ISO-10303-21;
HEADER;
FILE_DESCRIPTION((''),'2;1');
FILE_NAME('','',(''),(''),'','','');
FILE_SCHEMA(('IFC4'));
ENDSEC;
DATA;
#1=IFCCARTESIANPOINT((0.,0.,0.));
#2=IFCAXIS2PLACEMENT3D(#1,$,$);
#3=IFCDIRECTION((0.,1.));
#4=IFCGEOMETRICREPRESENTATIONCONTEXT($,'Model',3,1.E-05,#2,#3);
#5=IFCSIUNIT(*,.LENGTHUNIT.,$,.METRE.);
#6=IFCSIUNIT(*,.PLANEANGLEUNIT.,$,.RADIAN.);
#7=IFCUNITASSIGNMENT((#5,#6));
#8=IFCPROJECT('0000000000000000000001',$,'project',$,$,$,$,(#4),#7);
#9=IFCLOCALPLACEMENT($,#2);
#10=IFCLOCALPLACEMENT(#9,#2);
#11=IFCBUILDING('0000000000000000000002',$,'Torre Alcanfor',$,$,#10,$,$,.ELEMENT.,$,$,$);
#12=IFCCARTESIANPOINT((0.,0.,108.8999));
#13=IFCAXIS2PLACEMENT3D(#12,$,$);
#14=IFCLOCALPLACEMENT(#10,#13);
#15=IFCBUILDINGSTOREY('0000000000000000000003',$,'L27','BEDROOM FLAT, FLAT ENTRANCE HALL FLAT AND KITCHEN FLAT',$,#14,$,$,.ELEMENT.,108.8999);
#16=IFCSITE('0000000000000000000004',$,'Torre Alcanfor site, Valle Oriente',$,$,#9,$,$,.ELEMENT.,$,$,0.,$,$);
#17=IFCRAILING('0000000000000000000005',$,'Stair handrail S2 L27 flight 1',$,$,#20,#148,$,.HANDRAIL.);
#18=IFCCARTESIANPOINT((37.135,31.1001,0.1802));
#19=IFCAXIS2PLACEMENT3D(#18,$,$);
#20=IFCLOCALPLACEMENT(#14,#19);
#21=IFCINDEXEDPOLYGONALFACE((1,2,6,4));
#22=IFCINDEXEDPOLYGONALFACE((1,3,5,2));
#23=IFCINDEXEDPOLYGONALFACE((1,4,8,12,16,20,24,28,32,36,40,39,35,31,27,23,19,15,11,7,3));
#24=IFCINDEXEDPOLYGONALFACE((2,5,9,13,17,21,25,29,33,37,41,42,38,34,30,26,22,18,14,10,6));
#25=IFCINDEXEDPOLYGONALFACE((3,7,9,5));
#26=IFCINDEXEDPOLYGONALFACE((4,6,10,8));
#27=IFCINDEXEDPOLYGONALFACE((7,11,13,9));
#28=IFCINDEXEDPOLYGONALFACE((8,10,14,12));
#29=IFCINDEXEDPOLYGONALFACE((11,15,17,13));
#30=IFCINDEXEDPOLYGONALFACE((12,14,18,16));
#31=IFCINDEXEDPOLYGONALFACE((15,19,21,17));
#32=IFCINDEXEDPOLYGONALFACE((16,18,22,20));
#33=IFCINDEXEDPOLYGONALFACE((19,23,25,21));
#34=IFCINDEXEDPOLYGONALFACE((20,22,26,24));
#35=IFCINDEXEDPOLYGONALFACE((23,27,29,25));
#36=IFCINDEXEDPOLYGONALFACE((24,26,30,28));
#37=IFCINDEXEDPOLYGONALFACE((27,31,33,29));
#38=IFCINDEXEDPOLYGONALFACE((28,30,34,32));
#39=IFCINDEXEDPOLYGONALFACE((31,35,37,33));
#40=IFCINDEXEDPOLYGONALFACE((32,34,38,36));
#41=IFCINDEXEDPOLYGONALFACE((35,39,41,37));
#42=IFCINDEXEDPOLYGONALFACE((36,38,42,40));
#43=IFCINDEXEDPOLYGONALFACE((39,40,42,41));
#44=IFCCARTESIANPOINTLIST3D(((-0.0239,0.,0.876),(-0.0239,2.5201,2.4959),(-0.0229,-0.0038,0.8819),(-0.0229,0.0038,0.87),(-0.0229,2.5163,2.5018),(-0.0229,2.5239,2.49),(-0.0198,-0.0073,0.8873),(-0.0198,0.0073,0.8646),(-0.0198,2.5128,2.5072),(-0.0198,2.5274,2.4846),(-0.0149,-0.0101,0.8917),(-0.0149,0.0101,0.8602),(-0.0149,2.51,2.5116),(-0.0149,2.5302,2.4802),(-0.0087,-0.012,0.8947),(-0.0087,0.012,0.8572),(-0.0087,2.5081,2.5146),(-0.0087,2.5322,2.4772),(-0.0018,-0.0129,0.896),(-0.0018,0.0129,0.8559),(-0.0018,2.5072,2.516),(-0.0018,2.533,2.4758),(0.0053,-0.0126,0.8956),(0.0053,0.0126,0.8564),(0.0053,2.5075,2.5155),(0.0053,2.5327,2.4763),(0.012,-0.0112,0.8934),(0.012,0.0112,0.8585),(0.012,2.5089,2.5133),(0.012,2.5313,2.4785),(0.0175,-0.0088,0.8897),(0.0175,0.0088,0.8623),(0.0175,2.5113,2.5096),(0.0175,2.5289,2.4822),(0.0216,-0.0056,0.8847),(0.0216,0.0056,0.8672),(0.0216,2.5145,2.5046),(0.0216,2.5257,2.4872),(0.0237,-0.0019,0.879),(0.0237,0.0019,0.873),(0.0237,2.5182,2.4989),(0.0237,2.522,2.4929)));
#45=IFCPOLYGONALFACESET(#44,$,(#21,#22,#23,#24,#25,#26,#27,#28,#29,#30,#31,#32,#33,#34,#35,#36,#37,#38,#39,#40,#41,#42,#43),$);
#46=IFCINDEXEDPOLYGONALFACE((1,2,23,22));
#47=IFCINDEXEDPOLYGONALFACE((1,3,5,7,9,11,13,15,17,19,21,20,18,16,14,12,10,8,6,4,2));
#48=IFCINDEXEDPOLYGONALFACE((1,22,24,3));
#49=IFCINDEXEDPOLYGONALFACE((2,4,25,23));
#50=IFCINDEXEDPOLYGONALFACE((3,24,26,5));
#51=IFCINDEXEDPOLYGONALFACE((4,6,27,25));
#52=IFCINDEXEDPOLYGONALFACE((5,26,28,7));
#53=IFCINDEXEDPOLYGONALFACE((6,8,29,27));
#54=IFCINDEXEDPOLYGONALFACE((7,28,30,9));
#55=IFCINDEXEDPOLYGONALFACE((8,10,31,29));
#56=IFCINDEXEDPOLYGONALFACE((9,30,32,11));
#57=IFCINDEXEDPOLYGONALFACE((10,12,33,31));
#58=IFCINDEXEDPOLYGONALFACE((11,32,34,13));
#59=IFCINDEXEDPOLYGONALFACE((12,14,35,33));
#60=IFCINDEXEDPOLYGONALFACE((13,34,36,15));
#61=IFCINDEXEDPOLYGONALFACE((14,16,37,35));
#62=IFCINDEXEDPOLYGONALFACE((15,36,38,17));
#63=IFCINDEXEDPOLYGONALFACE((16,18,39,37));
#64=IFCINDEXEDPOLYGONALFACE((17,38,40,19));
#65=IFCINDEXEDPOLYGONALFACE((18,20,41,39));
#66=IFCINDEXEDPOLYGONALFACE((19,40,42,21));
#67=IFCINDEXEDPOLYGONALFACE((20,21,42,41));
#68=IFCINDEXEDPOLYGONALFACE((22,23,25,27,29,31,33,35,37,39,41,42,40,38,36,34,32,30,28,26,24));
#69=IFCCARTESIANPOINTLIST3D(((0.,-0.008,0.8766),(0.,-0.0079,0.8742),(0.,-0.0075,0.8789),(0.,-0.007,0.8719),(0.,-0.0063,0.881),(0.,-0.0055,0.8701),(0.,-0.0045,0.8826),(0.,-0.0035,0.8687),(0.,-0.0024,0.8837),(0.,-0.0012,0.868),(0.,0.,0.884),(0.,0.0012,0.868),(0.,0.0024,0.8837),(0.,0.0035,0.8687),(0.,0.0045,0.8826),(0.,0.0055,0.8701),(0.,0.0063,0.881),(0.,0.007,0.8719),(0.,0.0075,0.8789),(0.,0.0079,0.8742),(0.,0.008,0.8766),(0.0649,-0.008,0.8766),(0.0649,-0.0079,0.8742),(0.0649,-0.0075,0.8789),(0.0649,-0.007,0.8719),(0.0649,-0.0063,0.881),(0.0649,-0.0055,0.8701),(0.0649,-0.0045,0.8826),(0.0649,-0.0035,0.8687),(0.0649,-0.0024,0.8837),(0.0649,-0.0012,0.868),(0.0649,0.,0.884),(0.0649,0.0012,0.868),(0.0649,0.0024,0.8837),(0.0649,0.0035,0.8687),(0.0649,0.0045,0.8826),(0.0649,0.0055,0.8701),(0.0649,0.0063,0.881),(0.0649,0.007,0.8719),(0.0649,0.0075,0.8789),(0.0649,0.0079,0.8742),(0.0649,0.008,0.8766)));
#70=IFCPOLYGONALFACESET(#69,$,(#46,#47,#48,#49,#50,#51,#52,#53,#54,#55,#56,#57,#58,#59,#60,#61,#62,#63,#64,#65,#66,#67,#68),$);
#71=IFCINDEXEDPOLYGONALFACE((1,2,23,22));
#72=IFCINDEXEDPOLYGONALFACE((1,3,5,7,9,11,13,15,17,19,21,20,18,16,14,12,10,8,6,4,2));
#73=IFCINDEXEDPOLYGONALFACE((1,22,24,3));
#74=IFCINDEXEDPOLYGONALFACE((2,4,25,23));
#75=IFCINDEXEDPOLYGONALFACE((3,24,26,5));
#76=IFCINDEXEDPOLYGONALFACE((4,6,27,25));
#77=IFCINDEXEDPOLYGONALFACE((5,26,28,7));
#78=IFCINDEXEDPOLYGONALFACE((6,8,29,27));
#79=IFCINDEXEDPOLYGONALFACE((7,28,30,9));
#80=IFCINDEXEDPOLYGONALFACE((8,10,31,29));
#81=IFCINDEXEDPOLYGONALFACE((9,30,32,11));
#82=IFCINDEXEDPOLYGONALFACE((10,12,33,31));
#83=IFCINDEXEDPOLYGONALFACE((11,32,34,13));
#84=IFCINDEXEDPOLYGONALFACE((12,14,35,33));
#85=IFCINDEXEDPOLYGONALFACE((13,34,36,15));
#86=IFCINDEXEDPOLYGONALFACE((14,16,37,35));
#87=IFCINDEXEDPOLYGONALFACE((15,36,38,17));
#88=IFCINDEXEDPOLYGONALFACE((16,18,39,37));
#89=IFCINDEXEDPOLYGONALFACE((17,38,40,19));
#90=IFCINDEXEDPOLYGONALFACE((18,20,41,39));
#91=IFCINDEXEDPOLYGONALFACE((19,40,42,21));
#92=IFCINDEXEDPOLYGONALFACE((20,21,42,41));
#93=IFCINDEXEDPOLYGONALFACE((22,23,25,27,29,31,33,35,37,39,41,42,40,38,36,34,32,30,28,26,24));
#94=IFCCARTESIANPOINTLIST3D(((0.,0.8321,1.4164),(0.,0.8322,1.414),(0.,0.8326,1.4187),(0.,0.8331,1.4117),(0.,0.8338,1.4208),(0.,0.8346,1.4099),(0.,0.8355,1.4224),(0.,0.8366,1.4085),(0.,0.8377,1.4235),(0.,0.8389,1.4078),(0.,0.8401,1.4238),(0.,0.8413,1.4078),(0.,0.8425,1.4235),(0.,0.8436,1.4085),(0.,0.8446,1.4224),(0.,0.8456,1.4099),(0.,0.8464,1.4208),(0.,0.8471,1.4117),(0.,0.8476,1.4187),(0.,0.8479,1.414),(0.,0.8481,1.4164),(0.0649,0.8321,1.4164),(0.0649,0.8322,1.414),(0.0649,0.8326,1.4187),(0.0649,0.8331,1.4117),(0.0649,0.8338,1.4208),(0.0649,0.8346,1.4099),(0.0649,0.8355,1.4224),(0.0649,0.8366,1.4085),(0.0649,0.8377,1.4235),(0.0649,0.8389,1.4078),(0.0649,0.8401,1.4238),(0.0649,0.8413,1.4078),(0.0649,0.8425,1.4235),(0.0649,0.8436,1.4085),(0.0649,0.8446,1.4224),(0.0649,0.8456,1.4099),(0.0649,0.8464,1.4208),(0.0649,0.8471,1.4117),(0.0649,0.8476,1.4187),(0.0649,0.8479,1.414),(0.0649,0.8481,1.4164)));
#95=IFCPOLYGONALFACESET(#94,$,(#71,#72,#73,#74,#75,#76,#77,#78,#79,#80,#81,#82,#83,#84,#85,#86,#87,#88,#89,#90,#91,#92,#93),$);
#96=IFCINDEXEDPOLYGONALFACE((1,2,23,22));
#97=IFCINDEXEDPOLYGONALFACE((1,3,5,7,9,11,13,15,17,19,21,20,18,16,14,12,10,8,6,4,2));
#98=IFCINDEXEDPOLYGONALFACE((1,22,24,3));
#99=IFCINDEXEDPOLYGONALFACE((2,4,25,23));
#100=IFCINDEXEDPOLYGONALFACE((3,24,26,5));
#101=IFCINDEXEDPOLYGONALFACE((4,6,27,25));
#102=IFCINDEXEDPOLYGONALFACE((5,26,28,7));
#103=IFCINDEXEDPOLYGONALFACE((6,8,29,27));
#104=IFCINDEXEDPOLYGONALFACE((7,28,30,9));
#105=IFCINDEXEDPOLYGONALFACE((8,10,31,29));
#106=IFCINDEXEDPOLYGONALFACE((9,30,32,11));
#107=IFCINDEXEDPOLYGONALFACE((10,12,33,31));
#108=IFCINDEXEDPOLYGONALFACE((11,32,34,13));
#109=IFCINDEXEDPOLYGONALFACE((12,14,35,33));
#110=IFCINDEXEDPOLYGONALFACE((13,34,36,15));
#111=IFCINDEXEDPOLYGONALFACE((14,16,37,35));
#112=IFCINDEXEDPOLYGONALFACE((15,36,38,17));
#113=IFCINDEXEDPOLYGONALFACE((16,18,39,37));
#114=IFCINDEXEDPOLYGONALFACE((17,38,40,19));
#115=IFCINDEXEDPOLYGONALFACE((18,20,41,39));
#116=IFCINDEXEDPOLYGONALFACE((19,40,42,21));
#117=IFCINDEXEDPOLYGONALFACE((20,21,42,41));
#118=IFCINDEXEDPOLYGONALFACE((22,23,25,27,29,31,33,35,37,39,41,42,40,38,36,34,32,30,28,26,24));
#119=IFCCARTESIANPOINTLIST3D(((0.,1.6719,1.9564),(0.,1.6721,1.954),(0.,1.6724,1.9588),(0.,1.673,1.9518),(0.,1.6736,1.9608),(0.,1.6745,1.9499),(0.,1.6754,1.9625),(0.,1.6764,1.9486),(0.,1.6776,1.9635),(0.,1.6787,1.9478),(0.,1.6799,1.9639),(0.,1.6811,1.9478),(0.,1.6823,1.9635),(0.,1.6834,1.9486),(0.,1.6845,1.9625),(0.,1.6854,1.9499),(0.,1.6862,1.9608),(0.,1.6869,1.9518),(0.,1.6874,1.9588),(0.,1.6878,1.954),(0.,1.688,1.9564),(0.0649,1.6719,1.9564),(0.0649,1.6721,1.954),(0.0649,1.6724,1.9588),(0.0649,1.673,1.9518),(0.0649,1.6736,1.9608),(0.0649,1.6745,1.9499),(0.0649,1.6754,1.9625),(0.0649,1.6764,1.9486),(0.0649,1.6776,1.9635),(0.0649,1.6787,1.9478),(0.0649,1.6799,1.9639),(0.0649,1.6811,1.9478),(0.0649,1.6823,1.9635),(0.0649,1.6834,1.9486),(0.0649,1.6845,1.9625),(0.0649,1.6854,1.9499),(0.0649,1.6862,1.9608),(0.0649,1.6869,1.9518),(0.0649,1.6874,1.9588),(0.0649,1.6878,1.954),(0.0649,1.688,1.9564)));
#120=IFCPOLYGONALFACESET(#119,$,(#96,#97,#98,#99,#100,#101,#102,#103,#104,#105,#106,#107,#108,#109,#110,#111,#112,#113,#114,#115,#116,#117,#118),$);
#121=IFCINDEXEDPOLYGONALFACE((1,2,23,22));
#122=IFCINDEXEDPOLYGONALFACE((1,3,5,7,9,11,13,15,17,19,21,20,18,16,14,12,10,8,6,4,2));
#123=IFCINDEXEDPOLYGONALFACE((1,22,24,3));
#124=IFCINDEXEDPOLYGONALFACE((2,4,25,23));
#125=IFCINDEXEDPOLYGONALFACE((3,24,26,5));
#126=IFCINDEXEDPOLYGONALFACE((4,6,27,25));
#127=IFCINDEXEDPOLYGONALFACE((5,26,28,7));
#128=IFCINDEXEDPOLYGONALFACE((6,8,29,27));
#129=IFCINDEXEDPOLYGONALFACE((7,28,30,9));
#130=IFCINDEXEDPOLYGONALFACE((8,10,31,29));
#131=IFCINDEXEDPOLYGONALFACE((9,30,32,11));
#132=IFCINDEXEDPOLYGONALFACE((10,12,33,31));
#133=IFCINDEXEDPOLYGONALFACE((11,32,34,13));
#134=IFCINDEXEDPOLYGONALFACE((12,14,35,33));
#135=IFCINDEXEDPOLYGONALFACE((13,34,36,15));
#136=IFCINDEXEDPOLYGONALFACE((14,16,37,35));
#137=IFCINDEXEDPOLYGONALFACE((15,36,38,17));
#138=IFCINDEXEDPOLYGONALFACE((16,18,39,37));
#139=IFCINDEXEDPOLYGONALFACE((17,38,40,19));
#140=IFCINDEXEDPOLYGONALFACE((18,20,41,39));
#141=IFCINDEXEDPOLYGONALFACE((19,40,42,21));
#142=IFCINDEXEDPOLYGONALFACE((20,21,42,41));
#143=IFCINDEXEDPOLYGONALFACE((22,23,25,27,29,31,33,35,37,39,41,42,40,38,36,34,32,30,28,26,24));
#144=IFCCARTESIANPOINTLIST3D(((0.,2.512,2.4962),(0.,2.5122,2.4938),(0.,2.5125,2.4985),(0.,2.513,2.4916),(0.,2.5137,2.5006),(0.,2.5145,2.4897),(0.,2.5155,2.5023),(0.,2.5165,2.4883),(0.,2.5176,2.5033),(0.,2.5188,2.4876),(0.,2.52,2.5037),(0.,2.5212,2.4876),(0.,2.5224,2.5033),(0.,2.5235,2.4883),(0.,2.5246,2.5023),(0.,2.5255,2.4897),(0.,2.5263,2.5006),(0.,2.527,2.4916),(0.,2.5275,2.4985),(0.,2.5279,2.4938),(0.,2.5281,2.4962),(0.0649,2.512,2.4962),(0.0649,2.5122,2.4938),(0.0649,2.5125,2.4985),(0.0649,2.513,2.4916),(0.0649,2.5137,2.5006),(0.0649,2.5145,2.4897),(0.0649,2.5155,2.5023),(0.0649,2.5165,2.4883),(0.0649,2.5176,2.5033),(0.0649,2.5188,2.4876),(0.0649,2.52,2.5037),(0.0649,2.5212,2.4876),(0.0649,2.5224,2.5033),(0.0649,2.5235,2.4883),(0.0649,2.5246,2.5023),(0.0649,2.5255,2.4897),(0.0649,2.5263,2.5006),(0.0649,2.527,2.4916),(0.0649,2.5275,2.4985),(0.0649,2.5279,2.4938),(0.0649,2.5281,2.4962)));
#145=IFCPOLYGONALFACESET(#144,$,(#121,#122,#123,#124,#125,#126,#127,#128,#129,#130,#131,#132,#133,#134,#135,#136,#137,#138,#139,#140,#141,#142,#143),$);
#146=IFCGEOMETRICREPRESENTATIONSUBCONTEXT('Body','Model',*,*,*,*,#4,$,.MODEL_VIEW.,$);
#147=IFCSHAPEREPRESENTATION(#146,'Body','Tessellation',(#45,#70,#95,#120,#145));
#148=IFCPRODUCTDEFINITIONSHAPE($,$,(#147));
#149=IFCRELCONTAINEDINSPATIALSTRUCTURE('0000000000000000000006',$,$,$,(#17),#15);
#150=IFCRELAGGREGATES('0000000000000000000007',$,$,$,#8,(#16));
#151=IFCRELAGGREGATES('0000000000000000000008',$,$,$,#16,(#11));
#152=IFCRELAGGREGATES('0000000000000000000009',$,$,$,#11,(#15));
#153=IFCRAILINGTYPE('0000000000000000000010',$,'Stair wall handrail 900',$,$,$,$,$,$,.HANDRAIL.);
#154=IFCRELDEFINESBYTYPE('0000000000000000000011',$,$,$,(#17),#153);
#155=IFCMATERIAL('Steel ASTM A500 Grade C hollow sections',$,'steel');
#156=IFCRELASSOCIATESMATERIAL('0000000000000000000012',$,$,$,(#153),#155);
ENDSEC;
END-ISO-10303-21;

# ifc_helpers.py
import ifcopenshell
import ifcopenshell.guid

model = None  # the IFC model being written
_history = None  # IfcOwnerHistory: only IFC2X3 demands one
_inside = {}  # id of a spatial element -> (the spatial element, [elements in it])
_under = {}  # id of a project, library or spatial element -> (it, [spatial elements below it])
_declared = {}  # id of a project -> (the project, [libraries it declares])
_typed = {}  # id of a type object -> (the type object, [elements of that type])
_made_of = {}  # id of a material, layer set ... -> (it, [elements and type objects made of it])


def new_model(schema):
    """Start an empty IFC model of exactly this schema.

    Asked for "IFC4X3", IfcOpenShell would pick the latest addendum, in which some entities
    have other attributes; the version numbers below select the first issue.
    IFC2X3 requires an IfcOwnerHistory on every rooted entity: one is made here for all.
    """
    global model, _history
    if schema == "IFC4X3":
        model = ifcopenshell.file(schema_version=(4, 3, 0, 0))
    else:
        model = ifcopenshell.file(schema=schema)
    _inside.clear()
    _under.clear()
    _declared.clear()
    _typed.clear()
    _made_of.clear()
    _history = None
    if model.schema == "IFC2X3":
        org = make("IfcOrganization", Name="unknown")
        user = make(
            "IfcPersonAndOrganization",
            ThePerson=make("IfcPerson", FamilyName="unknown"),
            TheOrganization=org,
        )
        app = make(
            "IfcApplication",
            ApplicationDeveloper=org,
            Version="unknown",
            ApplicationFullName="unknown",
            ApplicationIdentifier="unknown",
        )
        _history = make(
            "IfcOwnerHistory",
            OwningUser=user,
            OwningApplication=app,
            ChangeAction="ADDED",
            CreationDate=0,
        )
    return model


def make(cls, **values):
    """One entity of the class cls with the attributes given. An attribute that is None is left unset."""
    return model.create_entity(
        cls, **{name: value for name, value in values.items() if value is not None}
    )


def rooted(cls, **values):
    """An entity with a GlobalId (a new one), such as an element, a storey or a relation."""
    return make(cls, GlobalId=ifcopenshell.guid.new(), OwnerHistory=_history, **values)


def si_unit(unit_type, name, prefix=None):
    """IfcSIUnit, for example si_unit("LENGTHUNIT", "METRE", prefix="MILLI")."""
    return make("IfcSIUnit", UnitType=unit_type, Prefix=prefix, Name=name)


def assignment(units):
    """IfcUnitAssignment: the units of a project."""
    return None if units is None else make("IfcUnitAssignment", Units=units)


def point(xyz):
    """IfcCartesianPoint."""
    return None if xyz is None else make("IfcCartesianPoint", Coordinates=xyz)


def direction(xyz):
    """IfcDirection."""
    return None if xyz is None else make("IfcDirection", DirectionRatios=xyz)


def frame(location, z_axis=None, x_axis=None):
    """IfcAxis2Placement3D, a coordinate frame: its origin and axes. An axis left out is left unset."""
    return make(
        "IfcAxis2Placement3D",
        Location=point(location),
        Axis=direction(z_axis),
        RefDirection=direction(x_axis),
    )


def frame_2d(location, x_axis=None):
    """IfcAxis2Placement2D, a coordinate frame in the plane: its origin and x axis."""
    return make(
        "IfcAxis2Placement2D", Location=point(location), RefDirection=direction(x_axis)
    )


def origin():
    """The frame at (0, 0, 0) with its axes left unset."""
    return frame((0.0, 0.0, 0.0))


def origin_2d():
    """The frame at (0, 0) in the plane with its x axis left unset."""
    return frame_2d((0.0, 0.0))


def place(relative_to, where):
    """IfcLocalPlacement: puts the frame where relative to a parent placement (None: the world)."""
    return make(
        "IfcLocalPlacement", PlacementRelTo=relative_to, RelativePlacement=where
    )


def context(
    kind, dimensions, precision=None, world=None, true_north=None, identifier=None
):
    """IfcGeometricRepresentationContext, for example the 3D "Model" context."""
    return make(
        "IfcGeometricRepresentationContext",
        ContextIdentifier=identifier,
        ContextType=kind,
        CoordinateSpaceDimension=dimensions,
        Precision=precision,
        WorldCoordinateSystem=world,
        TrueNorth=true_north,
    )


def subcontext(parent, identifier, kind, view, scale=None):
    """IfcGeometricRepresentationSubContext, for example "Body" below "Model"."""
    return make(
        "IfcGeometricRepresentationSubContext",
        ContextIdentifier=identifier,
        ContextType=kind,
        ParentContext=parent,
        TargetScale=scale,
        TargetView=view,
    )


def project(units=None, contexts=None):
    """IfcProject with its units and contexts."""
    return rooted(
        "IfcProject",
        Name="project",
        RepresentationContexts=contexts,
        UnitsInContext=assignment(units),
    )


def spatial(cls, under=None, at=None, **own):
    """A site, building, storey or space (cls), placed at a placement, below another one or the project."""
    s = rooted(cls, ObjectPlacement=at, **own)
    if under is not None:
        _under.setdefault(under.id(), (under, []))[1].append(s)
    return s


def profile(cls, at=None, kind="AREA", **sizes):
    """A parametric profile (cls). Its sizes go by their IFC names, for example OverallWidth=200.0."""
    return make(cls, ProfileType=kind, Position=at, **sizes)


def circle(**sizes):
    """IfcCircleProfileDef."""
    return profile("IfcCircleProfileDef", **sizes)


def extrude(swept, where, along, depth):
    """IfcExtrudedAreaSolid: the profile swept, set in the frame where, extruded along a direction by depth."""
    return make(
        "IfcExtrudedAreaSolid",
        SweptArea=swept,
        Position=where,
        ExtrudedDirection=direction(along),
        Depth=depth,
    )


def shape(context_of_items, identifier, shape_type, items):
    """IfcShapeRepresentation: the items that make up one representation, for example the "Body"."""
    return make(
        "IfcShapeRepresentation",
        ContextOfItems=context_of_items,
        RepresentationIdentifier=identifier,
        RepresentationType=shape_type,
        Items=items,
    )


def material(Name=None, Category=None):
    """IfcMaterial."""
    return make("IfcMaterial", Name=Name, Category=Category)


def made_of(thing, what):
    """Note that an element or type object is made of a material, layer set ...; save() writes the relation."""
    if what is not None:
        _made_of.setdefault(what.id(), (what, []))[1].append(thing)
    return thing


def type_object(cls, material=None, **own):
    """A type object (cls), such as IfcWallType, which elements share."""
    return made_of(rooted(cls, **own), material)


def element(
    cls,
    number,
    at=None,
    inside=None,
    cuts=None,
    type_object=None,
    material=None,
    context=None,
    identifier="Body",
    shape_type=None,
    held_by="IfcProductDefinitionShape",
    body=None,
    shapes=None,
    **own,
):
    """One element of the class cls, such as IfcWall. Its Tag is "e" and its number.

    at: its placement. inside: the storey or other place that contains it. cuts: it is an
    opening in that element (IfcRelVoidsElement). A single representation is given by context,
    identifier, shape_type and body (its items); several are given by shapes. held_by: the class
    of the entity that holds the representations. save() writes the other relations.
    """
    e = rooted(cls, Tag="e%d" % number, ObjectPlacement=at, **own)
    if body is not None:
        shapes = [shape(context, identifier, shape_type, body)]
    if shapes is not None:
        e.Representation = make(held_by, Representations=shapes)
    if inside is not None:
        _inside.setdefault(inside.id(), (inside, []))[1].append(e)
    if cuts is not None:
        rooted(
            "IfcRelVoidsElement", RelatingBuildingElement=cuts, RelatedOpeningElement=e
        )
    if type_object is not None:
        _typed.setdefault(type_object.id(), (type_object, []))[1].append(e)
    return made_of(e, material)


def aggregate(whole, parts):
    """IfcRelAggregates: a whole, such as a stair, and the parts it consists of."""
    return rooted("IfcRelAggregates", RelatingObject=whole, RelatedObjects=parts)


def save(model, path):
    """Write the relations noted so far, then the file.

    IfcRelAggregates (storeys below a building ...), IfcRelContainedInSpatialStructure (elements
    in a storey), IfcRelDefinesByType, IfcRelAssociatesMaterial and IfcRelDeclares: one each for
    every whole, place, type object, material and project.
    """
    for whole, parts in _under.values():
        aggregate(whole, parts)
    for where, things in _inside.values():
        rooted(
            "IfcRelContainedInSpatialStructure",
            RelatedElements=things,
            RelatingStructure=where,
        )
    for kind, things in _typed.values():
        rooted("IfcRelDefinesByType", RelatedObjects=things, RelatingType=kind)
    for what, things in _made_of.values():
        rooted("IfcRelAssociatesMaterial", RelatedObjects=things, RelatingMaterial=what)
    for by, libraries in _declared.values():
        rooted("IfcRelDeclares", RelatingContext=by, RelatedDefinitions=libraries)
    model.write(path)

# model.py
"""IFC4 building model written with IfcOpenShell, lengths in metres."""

from ifc_helpers import new_model, si_unit, direction, frame, origin, origin_2d, place, context, subcontext, project, spatial, circle, extrude, material, type_object, element, save


model = new_model("IFC4")

# Units and contexts
model_context = context("Model", 3, precision=1e-05, world=origin(), true_north=direction((0.0, 1.0)))
body_context = subcontext(model_context, "Body", "Model", "MODEL_VIEW")
ifc_project = project(units=[si_unit("LENGTHUNIT", "METRE"), si_unit("PLANEANGLEUNIT", "RADIAN")], contexts=[model_context])

# Site, building, storey
site_placement = place(None, origin())
site = spatial("IfcSite", under=ifc_project, at=site_placement, Name="Torre Alcanfor site, Valle Oriente", CompositionType="ELEMENT", RefElevation=0.0)
building_placement = place(site_placement, origin())
building = spatial("IfcBuilding", under=site, at=building_placement, Name="Torre Alcanfor", CompositionType="ELEMENT")
storey_placement = place(building_placement, frame((0.0, 0.0, 108.8999)))
storey = spatial("IfcBuildingStorey", under=building, at=storey_placement, Name="L27", Description="BEDROOM FLAT, FLAT ENTRANCE HALL FLAT AND KITCHEN FLAT", CompositionType="ELEMENT", Elevation=108.8999)

# Railing
ifc_material_1 = material(Name="Steel ASTM A500 Grade C hollow sections", Category="steel")
railing_type_1 = type_object("IfcRailingType", Name="Stair wall handrail 900", PredefinedType="HANDRAIL", material=ifc_material_1)
railing_1_placement = place(storey_placement, frame((37.135, 31.1001, 0.1802)))
element("IfcRailing", 1, at=railing_1_placement, inside=storey, type_object=railing_type_1, Name="Stair handrail S2 L27 flight 1", PredefinedType="HANDRAIL", context=body_context, shape_type="SweptSolid", body=[
    extrude(circle(Radius=0.0239, at=origin_2d()), frame((0.0, 0.0, 0.876), z_axis=(0.0, 0.8412, 0.540725), x_axis=(-1.0, 0.0, 0.0)), (0.0, 0.0, 1.0), 2.9958),
    extrude(circle(Radius=0.0081, at=origin_2d()), frame((0.0, 0.0, 0.876), z_axis=(1.0, 0.0, 0.0), x_axis=(0.0, 0.0, 1.0)), (0.0, 0.0, 1.0), 0.0649),
    extrude(circle(Radius=0.0081, at=origin_2d()), frame((0.0, 0.8401, 1.4158), z_axis=(1.0, 0.0, 0.0), x_axis=(0.0, 0.0, 1.0)), (0.0, 0.0, 1.0), 0.0649),
    extrude(circle(Radius=0.0081, at=origin_2d()), frame((0.0, 1.6799, 1.9558), z_axis=(1.0, 0.0, 0.0), x_axis=(0.0, 0.0, 1.0)), (0.0, 0.0, 1.0), 0.0649),
    extrude(circle(Radius=0.0081, at=origin_2d()), frame((0.0, 2.52, 2.4956), z_axis=(1.0, 0.0, 0.0), x_axis=(0.0, 0.0, 1.0)), (0.0, 0.0, 1.0), 0.0649),
])

save(model, "model.ifc")
